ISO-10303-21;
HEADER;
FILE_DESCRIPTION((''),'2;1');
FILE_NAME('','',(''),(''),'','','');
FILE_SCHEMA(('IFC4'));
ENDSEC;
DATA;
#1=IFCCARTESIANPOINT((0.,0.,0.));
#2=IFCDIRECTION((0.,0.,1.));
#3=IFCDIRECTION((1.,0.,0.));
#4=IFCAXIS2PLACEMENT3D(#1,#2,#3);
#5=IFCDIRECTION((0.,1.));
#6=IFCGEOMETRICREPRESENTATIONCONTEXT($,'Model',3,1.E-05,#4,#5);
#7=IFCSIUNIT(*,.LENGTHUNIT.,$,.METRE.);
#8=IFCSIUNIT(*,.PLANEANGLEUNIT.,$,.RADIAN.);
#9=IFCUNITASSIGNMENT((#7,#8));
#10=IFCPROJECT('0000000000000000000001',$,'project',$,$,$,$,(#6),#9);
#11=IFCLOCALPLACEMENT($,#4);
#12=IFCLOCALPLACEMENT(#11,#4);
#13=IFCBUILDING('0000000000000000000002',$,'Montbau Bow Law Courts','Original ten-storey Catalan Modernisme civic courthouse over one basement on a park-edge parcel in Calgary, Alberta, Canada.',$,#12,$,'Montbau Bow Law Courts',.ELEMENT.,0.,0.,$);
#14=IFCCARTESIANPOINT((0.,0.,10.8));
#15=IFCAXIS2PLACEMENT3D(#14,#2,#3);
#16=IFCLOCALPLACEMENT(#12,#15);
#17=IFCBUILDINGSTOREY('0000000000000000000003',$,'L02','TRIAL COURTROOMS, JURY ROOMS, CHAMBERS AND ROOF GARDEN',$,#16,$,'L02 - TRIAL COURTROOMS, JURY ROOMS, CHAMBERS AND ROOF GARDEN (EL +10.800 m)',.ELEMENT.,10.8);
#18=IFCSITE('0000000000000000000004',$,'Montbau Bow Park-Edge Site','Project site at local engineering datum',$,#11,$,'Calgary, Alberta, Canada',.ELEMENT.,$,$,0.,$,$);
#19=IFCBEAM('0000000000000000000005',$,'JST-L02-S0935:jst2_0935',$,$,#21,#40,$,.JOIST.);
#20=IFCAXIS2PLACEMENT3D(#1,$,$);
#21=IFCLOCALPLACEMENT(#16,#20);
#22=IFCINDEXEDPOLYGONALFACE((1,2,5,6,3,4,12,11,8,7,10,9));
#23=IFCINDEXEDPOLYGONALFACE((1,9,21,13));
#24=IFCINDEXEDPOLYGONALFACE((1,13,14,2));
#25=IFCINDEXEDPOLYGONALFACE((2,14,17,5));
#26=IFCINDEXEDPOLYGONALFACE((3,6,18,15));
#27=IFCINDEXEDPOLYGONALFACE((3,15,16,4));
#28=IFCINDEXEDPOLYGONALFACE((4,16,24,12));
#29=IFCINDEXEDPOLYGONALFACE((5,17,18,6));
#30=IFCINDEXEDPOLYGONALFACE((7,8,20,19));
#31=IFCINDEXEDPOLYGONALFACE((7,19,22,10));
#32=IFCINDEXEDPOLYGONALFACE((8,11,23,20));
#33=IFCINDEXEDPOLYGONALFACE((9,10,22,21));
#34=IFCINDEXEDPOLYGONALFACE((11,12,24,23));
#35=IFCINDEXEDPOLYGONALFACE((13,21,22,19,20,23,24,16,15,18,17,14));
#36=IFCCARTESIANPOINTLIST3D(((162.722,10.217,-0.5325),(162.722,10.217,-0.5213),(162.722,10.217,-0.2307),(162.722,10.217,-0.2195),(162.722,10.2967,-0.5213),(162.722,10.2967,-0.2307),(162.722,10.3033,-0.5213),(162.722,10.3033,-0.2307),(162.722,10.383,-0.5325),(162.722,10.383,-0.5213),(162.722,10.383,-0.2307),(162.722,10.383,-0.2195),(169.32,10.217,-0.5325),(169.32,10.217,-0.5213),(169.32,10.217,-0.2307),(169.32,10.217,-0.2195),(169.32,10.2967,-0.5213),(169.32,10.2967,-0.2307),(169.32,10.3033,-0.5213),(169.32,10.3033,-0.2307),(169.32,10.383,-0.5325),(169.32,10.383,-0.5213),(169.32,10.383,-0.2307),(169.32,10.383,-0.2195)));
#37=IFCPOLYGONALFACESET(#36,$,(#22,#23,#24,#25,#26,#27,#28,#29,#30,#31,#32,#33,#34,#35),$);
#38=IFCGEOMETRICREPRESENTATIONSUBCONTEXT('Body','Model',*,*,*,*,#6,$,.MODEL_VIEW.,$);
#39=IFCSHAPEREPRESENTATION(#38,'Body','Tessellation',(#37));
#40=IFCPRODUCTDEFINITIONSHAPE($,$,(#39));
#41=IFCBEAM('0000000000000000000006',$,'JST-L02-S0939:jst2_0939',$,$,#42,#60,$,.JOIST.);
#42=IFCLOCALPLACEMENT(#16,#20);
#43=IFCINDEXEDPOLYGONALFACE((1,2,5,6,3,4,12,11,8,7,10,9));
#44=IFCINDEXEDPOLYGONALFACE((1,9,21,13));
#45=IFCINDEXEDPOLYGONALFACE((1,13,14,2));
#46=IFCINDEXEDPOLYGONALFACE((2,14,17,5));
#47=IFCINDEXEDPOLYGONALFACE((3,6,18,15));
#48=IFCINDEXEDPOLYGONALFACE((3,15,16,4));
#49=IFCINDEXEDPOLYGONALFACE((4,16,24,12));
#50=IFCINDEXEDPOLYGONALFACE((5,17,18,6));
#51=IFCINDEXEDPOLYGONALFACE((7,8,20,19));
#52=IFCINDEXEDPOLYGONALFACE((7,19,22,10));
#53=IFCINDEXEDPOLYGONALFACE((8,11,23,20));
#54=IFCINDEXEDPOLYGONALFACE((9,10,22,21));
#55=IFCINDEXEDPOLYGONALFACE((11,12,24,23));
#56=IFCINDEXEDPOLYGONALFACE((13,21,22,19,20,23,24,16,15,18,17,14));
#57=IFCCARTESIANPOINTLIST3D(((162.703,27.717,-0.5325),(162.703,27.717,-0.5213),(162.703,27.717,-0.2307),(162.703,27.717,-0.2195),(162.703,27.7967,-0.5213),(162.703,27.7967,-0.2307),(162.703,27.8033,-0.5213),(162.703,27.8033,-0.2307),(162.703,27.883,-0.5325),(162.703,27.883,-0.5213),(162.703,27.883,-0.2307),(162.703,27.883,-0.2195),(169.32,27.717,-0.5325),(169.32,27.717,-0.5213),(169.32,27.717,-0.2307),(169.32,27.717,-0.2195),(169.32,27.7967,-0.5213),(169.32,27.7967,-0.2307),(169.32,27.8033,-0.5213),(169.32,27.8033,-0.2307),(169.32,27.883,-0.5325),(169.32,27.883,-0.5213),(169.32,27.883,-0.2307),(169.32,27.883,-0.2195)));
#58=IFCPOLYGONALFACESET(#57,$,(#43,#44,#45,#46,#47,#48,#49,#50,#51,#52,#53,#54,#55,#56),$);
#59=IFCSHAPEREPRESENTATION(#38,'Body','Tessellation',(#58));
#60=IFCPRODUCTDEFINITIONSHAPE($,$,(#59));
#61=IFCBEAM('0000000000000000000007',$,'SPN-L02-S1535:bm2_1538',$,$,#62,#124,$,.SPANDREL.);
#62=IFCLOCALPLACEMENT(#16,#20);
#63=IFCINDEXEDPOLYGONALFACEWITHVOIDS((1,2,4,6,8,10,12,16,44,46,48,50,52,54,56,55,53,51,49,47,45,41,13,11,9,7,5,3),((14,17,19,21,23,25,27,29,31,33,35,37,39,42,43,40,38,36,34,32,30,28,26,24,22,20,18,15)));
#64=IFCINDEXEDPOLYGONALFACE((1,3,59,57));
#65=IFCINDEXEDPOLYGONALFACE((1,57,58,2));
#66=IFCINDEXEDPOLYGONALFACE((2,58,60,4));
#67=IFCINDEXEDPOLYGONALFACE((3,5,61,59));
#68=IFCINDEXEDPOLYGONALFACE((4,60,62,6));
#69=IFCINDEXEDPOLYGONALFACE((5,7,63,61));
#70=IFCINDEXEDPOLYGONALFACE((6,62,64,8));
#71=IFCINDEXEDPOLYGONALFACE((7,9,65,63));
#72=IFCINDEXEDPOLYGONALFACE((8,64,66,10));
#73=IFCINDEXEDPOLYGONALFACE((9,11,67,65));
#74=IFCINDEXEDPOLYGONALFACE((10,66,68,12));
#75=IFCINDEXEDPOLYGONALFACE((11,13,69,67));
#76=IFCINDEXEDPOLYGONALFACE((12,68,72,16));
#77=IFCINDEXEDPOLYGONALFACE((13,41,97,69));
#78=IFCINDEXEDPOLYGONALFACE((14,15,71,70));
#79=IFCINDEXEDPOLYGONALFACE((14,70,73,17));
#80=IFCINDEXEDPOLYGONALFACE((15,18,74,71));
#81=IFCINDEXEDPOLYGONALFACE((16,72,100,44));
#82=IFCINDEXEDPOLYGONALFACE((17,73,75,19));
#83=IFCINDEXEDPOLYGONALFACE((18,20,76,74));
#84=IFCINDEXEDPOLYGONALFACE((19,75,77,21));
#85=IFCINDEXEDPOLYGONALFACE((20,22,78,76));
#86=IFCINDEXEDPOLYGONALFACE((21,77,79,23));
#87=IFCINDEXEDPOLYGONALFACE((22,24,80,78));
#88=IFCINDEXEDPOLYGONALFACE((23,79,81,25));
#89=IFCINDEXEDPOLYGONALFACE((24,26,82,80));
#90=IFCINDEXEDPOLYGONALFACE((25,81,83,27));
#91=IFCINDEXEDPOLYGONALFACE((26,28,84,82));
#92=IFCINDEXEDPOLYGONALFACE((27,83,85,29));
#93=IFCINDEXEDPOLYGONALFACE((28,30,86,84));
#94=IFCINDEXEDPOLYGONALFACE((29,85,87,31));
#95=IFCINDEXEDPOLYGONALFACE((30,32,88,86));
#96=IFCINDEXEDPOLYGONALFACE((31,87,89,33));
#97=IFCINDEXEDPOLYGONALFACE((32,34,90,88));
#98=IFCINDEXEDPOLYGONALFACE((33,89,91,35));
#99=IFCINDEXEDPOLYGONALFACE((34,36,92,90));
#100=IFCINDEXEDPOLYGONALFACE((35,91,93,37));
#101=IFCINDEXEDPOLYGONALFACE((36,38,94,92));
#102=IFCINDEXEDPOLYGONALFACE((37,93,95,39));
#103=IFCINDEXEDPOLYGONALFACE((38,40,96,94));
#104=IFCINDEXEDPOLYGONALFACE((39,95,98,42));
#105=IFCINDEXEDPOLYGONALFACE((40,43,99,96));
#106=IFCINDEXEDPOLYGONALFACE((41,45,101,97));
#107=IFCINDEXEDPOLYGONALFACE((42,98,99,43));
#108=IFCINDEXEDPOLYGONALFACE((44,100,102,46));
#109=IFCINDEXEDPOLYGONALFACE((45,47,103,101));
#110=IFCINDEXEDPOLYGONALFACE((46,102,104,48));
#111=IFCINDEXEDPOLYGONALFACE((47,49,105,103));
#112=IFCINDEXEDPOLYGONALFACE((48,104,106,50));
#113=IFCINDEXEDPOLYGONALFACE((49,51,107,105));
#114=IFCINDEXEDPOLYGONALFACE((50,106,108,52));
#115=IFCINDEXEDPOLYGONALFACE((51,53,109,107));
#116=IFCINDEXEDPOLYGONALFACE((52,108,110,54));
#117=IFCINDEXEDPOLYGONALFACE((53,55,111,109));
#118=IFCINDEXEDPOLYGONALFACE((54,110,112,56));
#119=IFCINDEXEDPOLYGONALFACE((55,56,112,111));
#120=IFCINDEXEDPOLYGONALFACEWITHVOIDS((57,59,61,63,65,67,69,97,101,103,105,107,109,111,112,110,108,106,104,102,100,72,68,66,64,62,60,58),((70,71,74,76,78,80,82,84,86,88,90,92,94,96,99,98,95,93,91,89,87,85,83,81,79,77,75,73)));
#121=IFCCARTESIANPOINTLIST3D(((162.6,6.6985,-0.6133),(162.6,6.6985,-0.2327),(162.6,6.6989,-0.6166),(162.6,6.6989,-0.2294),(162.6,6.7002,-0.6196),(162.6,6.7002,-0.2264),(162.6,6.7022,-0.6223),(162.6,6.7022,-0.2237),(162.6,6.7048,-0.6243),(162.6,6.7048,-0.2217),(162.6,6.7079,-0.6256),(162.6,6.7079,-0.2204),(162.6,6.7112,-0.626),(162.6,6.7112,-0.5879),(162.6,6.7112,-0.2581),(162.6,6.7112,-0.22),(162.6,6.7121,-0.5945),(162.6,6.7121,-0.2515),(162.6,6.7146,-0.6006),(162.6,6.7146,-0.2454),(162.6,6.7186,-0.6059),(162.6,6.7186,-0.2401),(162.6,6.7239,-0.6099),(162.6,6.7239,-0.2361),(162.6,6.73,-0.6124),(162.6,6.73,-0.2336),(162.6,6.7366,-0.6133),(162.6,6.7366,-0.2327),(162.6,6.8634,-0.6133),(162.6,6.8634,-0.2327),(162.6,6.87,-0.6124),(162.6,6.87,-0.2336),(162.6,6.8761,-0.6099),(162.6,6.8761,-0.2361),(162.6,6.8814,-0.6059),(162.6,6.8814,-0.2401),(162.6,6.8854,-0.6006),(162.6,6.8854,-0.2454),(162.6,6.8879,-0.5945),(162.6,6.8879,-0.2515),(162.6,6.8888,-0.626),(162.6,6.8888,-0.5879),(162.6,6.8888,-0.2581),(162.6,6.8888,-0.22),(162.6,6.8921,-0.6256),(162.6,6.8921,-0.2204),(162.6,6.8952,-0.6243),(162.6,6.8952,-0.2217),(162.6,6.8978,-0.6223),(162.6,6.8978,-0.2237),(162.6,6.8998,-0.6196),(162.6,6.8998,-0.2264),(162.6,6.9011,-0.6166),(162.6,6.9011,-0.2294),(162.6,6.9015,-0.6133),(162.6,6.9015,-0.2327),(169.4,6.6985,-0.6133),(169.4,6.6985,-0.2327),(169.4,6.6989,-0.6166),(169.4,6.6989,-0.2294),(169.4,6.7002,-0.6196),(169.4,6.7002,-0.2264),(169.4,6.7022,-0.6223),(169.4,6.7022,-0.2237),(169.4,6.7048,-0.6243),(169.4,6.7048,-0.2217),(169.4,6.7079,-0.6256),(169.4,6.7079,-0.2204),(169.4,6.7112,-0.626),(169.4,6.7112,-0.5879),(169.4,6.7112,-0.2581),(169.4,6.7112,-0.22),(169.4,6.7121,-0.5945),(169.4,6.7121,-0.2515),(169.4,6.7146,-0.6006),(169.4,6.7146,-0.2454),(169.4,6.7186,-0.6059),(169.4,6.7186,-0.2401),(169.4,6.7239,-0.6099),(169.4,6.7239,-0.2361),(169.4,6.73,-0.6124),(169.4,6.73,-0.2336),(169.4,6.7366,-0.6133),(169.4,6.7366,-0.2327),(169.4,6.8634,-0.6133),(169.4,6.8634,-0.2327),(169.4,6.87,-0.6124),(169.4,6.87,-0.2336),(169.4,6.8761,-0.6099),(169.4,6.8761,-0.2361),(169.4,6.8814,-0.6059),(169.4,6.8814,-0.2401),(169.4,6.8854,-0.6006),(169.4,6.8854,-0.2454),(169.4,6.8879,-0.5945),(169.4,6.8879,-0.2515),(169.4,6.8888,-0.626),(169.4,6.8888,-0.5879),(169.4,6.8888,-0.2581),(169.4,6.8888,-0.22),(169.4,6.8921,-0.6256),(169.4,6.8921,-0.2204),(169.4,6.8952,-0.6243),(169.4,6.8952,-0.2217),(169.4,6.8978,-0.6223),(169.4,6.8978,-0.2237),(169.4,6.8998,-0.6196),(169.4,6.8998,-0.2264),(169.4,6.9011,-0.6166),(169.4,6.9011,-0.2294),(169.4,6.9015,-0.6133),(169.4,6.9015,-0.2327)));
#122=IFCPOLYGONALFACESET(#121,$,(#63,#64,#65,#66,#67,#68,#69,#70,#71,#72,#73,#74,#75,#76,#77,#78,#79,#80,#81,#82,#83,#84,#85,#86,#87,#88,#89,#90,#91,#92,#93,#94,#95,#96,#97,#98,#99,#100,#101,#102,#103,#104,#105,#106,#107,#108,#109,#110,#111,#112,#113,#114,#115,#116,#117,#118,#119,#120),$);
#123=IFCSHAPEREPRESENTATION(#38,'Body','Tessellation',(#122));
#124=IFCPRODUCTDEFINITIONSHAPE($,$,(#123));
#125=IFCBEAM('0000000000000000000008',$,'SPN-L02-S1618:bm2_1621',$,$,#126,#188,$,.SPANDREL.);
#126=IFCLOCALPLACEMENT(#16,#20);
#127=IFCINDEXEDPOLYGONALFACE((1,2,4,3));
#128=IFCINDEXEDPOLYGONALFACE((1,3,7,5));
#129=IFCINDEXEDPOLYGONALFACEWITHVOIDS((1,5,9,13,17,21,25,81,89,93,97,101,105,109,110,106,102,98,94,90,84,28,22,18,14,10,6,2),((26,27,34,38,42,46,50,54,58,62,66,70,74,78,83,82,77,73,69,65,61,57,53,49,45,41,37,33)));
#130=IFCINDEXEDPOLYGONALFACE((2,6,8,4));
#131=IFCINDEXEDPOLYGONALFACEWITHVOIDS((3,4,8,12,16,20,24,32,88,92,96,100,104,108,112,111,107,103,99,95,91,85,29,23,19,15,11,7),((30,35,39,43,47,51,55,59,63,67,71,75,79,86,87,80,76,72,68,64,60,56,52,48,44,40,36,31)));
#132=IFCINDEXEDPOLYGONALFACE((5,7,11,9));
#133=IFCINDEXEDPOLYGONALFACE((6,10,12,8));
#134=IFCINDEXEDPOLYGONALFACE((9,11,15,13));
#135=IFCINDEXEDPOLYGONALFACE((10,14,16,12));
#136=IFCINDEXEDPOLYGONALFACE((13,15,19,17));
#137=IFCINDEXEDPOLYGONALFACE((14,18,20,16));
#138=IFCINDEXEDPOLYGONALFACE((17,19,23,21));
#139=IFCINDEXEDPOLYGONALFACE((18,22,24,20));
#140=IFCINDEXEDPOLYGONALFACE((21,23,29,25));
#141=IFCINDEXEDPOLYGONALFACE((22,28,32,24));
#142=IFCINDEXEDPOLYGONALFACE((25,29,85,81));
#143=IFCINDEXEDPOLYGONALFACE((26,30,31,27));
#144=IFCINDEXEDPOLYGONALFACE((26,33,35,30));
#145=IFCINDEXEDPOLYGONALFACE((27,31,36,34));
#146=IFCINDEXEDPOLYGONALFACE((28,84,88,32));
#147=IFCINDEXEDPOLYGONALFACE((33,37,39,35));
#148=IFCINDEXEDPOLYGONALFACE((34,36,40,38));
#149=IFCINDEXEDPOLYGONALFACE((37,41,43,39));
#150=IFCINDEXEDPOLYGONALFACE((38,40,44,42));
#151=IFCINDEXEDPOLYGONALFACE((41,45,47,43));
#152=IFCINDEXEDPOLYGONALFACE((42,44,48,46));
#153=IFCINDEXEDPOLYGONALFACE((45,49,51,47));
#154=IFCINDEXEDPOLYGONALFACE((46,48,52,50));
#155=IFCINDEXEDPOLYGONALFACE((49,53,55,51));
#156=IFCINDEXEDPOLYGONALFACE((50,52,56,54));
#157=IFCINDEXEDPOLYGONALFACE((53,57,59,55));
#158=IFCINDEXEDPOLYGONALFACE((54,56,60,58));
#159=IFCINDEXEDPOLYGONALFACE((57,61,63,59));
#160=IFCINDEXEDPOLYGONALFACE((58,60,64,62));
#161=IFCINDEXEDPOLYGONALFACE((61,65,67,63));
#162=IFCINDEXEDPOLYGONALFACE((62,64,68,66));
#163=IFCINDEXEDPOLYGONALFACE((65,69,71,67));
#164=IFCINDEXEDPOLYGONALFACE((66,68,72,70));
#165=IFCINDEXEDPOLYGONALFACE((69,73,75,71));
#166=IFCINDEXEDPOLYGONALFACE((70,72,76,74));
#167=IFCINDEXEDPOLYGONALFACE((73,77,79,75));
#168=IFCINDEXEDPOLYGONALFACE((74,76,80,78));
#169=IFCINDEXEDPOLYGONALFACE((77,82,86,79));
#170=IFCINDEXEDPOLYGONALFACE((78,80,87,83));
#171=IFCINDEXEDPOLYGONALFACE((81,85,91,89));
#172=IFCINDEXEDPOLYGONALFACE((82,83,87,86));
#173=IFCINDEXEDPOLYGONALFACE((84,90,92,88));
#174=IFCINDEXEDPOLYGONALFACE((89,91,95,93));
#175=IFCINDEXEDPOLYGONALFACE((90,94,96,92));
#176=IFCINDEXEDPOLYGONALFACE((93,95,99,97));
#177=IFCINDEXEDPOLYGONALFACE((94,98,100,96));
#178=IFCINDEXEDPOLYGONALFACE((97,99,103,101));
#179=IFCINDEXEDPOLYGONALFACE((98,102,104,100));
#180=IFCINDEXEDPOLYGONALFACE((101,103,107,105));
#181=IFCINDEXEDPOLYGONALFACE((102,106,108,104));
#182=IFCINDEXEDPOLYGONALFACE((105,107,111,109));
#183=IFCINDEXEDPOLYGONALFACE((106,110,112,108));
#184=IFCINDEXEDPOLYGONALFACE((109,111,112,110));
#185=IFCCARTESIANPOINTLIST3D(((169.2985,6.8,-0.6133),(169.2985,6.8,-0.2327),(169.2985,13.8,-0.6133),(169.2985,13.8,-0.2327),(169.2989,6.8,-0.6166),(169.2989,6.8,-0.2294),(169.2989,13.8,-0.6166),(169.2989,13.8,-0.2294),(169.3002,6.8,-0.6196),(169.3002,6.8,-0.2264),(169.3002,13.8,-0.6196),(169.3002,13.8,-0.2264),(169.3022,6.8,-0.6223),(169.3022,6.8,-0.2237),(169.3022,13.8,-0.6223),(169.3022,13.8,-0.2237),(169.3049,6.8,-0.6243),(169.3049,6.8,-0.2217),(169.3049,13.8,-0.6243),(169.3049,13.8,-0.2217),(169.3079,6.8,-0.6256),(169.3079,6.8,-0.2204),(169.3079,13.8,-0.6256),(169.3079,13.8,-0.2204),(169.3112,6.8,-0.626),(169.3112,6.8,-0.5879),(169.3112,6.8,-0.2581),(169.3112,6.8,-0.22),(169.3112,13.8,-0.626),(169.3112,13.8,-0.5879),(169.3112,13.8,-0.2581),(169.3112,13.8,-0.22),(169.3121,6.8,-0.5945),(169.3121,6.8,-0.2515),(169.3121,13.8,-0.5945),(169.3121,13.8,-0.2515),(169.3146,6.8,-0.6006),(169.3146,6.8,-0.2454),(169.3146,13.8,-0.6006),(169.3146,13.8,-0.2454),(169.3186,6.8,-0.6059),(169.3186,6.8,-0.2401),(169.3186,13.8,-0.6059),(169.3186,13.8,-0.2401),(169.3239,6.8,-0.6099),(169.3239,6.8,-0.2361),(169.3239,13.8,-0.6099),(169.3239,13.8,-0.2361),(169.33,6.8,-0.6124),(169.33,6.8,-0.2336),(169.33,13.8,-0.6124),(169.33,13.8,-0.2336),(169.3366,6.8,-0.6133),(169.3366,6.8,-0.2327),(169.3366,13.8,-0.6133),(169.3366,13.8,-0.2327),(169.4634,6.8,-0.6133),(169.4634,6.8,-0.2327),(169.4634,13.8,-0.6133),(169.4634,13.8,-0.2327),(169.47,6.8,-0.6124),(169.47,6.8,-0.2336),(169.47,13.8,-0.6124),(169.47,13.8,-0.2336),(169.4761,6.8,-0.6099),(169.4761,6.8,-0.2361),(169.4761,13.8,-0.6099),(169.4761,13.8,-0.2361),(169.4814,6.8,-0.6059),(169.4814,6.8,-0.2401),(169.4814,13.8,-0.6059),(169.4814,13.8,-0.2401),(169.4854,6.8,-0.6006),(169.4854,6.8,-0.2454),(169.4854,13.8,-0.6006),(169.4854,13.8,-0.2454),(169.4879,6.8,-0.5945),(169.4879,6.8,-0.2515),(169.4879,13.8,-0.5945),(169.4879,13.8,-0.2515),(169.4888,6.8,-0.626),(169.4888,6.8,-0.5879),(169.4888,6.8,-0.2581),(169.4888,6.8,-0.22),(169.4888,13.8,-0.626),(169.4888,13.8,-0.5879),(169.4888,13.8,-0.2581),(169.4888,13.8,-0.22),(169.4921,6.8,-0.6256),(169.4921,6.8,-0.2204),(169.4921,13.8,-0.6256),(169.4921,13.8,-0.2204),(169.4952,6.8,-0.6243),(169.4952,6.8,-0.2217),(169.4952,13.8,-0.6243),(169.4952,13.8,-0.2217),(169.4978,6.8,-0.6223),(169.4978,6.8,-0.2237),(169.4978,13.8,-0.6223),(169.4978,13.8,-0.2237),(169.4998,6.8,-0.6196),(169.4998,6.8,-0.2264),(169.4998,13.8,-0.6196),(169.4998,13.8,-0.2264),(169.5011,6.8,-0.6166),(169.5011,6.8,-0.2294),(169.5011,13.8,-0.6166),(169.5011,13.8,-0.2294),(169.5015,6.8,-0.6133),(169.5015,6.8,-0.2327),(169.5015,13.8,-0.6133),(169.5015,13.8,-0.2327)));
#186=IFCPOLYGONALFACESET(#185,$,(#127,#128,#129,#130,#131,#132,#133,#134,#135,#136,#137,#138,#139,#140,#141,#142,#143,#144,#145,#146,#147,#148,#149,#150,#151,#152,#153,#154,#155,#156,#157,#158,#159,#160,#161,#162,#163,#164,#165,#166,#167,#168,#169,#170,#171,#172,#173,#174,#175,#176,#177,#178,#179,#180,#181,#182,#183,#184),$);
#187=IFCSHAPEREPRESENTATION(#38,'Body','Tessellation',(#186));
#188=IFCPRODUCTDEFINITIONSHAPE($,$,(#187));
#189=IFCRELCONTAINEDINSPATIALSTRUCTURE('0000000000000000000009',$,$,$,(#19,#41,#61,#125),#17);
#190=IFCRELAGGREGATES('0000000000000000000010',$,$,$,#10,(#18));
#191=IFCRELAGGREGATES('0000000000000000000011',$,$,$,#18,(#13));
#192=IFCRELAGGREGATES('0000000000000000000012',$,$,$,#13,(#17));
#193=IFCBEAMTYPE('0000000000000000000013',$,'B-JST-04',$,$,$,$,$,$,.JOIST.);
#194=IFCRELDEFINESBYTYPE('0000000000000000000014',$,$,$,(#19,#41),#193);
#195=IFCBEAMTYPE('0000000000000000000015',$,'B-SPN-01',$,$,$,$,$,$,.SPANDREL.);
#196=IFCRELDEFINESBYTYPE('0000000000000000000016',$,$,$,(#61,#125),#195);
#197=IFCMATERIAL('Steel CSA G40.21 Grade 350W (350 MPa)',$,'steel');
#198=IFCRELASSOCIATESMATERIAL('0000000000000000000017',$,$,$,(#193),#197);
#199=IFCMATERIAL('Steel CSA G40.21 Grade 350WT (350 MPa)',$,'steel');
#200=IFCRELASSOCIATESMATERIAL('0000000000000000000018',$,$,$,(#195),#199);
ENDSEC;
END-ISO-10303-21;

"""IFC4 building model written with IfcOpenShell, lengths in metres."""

from ifc_helpers import new_model, si_unit, direction, frame, origin_with_axes, origin_2d_with_axis, place, context, subcontext, project, spatial, hollow_rectangle, i_section, extrude, material, material_profile, profile_set, type_object, element, save


model = new_model("IFC4")

# Units and contexts
model_context = context("Model", 3, precision=1e-05, world=origin_with_axes(), true_north=direction((0.0, 1.0)))
body_context = subcontext(model_context, "Body", "Model", "MODEL_VIEW")
ifc_project = project(units=[si_unit("LENGTHUNIT", "METRE"), si_unit("PLANEANGLEUNIT", "RADIAN")], contexts=[model_context])

# Site, building, storey
site_placement = place(None, origin_with_axes())
site = spatial("IfcSite", under=ifc_project, at=site_placement, Name="Montbau Bow Park-Edge Site", Description="Project site at local engineering datum", LongName="Calgary, Alberta, Canada", CompositionType="ELEMENT", RefElevation=0.0)
building_placement = place(site_placement, origin_with_axes())
building = spatial("IfcBuilding", under=site, at=building_placement, Name="Montbau Bow Law Courts", Description="Original ten-storey Catalan Modernisme civic courthouse over one basement on a park-edge parcel in Calgary, Alberta, Canada.", LongName="Montbau Bow Law Courts", CompositionType="ELEMENT", ElevationOfRefHeight=0.0, ElevationOfTerrain=0.0)
storey_placement = place(building_placement, frame((0.0, 0.0, 10.8), z_axis=(0.0, 0.0, 1.0), x_axis=(1.0, 0.0, 0.0)))
storey = spatial("IfcBuildingStorey", under=building, at=storey_placement, Name="L02", Description="TRIAL COURTROOMS, JURY ROOMS, CHAMBERS AND ROOF GARDEN", LongName="L02 - TRIAL COURTROOMS, JURY ROOMS, CHAMBERS AND ROOF GARDEN (EL +10.800 m)", CompositionType="ELEMENT", Elevation=10.8)

# Shared definitions
ifc_material_1 = material(Name="Steel CSA G40.21 Grade 350W (350 MPa)", Category="steel")

# Beams
ifc_material_profile_1 = material_profile(ifc_material_1, i_section(OverallWidth=0.166, OverallDepth=0.313, WebThickness=0.0066, FlangeThickness=0.0112, at=origin_2d_with_axis()), Name="W310X45", Category="Main", Priority=0)
ifc_profile_set_1 = profile_set([ifc_material_profile_1], Name="Steel CSA G40.21 Grade 350W (350 MPa)")
beam_type_1 = type_object("IfcBeamType", Name="B-JST-04", PredefinedType="JOIST", material=ifc_profile_set_1)
beam_1_placement = place(None, frame((162.722, 10.3, 10.424), z_axis=(1.0, 0.0, 0.0), x_axis=(0.0, 1.0, 0.0)))
element("IfcBeam", 1, at=beam_1_placement, inside=storey, type_object=beam_type_1, Name="JST-L02-S0935:jst2_0935", PredefinedType="JOIST", context=body_context, shape_type="SweptSolid", body=[
    extrude(i_section(OverallWidth=0.166, OverallDepth=0.313, WebThickness=0.0066, FlangeThickness=0.0112, at=origin_2d_with_axis()), origin_with_axes(), (0.0, 0.0, 1.0), 6.598),
])
beam_2_placement = place(None, frame((162.703, 27.8, 10.424), z_axis=(1.0, 0.0, 0.0), x_axis=(0.0, 1.0, 0.0)))
element("IfcBeam", 2, at=beam_2_placement, inside=storey, type_object=beam_type_1, Name="JST-L02-S0939:jst2_0939", PredefinedType="JOIST", context=body_context, shape_type="SweptSolid", body=[
    extrude(i_section(OverallWidth=0.166, OverallDepth=0.313, WebThickness=0.0066, FlangeThickness=0.0112, at=origin_2d_with_axis()), origin_with_axes(), (0.0, 0.0, 1.0), 6.617),
])
ifc_material_2 = material(Name="Steel CSA G40.21 Grade 350WT (350 MPa)", Category="steel")
ifc_material_profile_2 = material_profile(ifc_material_2, hollow_rectangle(XDim=0.203, YDim=0.406, WallThickness=0.0127, InnerFilletRadius=0.0254, OuterFilletRadius=0.0127, at=origin_2d_with_axis()), Name="HSS406X203X13", Category="Main", Priority=0)
ifc_profile_set_2 = profile_set([ifc_material_profile_2], Name="Steel CSA G40.21 Grade 350WT (350 MPa)")
beam_type_2 = type_object("IfcBeamType", Name="B-SPN-01", PredefinedType="SPANDREL", material=ifc_profile_set_2)
beam_3_placement = place(None, frame((162.6, 6.8, 10.377), z_axis=(1.0, 0.0, 0.0), x_axis=(0.0, 1.0, 0.0)))
element("IfcBeam", 3, at=beam_3_placement, inside=storey, type_object=beam_type_2, Name="SPN-L02-S1535:bm2_1538", PredefinedType="SPANDREL", context=body_context, shape_type="SweptSolid", body=[
    extrude(hollow_rectangle(XDim=0.203, YDim=0.406, WallThickness=0.0127, InnerFilletRadius=0.0254, OuterFilletRadius=0.0127, at=origin_2d_with_axis()), origin_with_axes(), (0.0, 0.0, 1.0), 6.8),
])
beam_4_placement = place(None, frame((169.4, 6.8, 10.377), z_axis=(0.0, 1.0, 0.0), x_axis=(-1.0, 0.0, 0.0)))
element("IfcBeam", 4, at=beam_4_placement, inside=storey, type_object=beam_type_2, Name="SPN-L02-S1618:bm2_1621", PredefinedType="SPANDREL", context=body_context, shape_type="SweptSolid", body=[
    extrude(hollow_rectangle(XDim=0.203, YDim=0.406, WallThickness=0.0127, InnerFilletRadius=0.0254, OuterFilletRadius=0.0127, at=origin_2d_with_axis()), origin_with_axes(), (0.0, 0.0, 1.0), 7.0),
])

save(model, "model.ifc")
